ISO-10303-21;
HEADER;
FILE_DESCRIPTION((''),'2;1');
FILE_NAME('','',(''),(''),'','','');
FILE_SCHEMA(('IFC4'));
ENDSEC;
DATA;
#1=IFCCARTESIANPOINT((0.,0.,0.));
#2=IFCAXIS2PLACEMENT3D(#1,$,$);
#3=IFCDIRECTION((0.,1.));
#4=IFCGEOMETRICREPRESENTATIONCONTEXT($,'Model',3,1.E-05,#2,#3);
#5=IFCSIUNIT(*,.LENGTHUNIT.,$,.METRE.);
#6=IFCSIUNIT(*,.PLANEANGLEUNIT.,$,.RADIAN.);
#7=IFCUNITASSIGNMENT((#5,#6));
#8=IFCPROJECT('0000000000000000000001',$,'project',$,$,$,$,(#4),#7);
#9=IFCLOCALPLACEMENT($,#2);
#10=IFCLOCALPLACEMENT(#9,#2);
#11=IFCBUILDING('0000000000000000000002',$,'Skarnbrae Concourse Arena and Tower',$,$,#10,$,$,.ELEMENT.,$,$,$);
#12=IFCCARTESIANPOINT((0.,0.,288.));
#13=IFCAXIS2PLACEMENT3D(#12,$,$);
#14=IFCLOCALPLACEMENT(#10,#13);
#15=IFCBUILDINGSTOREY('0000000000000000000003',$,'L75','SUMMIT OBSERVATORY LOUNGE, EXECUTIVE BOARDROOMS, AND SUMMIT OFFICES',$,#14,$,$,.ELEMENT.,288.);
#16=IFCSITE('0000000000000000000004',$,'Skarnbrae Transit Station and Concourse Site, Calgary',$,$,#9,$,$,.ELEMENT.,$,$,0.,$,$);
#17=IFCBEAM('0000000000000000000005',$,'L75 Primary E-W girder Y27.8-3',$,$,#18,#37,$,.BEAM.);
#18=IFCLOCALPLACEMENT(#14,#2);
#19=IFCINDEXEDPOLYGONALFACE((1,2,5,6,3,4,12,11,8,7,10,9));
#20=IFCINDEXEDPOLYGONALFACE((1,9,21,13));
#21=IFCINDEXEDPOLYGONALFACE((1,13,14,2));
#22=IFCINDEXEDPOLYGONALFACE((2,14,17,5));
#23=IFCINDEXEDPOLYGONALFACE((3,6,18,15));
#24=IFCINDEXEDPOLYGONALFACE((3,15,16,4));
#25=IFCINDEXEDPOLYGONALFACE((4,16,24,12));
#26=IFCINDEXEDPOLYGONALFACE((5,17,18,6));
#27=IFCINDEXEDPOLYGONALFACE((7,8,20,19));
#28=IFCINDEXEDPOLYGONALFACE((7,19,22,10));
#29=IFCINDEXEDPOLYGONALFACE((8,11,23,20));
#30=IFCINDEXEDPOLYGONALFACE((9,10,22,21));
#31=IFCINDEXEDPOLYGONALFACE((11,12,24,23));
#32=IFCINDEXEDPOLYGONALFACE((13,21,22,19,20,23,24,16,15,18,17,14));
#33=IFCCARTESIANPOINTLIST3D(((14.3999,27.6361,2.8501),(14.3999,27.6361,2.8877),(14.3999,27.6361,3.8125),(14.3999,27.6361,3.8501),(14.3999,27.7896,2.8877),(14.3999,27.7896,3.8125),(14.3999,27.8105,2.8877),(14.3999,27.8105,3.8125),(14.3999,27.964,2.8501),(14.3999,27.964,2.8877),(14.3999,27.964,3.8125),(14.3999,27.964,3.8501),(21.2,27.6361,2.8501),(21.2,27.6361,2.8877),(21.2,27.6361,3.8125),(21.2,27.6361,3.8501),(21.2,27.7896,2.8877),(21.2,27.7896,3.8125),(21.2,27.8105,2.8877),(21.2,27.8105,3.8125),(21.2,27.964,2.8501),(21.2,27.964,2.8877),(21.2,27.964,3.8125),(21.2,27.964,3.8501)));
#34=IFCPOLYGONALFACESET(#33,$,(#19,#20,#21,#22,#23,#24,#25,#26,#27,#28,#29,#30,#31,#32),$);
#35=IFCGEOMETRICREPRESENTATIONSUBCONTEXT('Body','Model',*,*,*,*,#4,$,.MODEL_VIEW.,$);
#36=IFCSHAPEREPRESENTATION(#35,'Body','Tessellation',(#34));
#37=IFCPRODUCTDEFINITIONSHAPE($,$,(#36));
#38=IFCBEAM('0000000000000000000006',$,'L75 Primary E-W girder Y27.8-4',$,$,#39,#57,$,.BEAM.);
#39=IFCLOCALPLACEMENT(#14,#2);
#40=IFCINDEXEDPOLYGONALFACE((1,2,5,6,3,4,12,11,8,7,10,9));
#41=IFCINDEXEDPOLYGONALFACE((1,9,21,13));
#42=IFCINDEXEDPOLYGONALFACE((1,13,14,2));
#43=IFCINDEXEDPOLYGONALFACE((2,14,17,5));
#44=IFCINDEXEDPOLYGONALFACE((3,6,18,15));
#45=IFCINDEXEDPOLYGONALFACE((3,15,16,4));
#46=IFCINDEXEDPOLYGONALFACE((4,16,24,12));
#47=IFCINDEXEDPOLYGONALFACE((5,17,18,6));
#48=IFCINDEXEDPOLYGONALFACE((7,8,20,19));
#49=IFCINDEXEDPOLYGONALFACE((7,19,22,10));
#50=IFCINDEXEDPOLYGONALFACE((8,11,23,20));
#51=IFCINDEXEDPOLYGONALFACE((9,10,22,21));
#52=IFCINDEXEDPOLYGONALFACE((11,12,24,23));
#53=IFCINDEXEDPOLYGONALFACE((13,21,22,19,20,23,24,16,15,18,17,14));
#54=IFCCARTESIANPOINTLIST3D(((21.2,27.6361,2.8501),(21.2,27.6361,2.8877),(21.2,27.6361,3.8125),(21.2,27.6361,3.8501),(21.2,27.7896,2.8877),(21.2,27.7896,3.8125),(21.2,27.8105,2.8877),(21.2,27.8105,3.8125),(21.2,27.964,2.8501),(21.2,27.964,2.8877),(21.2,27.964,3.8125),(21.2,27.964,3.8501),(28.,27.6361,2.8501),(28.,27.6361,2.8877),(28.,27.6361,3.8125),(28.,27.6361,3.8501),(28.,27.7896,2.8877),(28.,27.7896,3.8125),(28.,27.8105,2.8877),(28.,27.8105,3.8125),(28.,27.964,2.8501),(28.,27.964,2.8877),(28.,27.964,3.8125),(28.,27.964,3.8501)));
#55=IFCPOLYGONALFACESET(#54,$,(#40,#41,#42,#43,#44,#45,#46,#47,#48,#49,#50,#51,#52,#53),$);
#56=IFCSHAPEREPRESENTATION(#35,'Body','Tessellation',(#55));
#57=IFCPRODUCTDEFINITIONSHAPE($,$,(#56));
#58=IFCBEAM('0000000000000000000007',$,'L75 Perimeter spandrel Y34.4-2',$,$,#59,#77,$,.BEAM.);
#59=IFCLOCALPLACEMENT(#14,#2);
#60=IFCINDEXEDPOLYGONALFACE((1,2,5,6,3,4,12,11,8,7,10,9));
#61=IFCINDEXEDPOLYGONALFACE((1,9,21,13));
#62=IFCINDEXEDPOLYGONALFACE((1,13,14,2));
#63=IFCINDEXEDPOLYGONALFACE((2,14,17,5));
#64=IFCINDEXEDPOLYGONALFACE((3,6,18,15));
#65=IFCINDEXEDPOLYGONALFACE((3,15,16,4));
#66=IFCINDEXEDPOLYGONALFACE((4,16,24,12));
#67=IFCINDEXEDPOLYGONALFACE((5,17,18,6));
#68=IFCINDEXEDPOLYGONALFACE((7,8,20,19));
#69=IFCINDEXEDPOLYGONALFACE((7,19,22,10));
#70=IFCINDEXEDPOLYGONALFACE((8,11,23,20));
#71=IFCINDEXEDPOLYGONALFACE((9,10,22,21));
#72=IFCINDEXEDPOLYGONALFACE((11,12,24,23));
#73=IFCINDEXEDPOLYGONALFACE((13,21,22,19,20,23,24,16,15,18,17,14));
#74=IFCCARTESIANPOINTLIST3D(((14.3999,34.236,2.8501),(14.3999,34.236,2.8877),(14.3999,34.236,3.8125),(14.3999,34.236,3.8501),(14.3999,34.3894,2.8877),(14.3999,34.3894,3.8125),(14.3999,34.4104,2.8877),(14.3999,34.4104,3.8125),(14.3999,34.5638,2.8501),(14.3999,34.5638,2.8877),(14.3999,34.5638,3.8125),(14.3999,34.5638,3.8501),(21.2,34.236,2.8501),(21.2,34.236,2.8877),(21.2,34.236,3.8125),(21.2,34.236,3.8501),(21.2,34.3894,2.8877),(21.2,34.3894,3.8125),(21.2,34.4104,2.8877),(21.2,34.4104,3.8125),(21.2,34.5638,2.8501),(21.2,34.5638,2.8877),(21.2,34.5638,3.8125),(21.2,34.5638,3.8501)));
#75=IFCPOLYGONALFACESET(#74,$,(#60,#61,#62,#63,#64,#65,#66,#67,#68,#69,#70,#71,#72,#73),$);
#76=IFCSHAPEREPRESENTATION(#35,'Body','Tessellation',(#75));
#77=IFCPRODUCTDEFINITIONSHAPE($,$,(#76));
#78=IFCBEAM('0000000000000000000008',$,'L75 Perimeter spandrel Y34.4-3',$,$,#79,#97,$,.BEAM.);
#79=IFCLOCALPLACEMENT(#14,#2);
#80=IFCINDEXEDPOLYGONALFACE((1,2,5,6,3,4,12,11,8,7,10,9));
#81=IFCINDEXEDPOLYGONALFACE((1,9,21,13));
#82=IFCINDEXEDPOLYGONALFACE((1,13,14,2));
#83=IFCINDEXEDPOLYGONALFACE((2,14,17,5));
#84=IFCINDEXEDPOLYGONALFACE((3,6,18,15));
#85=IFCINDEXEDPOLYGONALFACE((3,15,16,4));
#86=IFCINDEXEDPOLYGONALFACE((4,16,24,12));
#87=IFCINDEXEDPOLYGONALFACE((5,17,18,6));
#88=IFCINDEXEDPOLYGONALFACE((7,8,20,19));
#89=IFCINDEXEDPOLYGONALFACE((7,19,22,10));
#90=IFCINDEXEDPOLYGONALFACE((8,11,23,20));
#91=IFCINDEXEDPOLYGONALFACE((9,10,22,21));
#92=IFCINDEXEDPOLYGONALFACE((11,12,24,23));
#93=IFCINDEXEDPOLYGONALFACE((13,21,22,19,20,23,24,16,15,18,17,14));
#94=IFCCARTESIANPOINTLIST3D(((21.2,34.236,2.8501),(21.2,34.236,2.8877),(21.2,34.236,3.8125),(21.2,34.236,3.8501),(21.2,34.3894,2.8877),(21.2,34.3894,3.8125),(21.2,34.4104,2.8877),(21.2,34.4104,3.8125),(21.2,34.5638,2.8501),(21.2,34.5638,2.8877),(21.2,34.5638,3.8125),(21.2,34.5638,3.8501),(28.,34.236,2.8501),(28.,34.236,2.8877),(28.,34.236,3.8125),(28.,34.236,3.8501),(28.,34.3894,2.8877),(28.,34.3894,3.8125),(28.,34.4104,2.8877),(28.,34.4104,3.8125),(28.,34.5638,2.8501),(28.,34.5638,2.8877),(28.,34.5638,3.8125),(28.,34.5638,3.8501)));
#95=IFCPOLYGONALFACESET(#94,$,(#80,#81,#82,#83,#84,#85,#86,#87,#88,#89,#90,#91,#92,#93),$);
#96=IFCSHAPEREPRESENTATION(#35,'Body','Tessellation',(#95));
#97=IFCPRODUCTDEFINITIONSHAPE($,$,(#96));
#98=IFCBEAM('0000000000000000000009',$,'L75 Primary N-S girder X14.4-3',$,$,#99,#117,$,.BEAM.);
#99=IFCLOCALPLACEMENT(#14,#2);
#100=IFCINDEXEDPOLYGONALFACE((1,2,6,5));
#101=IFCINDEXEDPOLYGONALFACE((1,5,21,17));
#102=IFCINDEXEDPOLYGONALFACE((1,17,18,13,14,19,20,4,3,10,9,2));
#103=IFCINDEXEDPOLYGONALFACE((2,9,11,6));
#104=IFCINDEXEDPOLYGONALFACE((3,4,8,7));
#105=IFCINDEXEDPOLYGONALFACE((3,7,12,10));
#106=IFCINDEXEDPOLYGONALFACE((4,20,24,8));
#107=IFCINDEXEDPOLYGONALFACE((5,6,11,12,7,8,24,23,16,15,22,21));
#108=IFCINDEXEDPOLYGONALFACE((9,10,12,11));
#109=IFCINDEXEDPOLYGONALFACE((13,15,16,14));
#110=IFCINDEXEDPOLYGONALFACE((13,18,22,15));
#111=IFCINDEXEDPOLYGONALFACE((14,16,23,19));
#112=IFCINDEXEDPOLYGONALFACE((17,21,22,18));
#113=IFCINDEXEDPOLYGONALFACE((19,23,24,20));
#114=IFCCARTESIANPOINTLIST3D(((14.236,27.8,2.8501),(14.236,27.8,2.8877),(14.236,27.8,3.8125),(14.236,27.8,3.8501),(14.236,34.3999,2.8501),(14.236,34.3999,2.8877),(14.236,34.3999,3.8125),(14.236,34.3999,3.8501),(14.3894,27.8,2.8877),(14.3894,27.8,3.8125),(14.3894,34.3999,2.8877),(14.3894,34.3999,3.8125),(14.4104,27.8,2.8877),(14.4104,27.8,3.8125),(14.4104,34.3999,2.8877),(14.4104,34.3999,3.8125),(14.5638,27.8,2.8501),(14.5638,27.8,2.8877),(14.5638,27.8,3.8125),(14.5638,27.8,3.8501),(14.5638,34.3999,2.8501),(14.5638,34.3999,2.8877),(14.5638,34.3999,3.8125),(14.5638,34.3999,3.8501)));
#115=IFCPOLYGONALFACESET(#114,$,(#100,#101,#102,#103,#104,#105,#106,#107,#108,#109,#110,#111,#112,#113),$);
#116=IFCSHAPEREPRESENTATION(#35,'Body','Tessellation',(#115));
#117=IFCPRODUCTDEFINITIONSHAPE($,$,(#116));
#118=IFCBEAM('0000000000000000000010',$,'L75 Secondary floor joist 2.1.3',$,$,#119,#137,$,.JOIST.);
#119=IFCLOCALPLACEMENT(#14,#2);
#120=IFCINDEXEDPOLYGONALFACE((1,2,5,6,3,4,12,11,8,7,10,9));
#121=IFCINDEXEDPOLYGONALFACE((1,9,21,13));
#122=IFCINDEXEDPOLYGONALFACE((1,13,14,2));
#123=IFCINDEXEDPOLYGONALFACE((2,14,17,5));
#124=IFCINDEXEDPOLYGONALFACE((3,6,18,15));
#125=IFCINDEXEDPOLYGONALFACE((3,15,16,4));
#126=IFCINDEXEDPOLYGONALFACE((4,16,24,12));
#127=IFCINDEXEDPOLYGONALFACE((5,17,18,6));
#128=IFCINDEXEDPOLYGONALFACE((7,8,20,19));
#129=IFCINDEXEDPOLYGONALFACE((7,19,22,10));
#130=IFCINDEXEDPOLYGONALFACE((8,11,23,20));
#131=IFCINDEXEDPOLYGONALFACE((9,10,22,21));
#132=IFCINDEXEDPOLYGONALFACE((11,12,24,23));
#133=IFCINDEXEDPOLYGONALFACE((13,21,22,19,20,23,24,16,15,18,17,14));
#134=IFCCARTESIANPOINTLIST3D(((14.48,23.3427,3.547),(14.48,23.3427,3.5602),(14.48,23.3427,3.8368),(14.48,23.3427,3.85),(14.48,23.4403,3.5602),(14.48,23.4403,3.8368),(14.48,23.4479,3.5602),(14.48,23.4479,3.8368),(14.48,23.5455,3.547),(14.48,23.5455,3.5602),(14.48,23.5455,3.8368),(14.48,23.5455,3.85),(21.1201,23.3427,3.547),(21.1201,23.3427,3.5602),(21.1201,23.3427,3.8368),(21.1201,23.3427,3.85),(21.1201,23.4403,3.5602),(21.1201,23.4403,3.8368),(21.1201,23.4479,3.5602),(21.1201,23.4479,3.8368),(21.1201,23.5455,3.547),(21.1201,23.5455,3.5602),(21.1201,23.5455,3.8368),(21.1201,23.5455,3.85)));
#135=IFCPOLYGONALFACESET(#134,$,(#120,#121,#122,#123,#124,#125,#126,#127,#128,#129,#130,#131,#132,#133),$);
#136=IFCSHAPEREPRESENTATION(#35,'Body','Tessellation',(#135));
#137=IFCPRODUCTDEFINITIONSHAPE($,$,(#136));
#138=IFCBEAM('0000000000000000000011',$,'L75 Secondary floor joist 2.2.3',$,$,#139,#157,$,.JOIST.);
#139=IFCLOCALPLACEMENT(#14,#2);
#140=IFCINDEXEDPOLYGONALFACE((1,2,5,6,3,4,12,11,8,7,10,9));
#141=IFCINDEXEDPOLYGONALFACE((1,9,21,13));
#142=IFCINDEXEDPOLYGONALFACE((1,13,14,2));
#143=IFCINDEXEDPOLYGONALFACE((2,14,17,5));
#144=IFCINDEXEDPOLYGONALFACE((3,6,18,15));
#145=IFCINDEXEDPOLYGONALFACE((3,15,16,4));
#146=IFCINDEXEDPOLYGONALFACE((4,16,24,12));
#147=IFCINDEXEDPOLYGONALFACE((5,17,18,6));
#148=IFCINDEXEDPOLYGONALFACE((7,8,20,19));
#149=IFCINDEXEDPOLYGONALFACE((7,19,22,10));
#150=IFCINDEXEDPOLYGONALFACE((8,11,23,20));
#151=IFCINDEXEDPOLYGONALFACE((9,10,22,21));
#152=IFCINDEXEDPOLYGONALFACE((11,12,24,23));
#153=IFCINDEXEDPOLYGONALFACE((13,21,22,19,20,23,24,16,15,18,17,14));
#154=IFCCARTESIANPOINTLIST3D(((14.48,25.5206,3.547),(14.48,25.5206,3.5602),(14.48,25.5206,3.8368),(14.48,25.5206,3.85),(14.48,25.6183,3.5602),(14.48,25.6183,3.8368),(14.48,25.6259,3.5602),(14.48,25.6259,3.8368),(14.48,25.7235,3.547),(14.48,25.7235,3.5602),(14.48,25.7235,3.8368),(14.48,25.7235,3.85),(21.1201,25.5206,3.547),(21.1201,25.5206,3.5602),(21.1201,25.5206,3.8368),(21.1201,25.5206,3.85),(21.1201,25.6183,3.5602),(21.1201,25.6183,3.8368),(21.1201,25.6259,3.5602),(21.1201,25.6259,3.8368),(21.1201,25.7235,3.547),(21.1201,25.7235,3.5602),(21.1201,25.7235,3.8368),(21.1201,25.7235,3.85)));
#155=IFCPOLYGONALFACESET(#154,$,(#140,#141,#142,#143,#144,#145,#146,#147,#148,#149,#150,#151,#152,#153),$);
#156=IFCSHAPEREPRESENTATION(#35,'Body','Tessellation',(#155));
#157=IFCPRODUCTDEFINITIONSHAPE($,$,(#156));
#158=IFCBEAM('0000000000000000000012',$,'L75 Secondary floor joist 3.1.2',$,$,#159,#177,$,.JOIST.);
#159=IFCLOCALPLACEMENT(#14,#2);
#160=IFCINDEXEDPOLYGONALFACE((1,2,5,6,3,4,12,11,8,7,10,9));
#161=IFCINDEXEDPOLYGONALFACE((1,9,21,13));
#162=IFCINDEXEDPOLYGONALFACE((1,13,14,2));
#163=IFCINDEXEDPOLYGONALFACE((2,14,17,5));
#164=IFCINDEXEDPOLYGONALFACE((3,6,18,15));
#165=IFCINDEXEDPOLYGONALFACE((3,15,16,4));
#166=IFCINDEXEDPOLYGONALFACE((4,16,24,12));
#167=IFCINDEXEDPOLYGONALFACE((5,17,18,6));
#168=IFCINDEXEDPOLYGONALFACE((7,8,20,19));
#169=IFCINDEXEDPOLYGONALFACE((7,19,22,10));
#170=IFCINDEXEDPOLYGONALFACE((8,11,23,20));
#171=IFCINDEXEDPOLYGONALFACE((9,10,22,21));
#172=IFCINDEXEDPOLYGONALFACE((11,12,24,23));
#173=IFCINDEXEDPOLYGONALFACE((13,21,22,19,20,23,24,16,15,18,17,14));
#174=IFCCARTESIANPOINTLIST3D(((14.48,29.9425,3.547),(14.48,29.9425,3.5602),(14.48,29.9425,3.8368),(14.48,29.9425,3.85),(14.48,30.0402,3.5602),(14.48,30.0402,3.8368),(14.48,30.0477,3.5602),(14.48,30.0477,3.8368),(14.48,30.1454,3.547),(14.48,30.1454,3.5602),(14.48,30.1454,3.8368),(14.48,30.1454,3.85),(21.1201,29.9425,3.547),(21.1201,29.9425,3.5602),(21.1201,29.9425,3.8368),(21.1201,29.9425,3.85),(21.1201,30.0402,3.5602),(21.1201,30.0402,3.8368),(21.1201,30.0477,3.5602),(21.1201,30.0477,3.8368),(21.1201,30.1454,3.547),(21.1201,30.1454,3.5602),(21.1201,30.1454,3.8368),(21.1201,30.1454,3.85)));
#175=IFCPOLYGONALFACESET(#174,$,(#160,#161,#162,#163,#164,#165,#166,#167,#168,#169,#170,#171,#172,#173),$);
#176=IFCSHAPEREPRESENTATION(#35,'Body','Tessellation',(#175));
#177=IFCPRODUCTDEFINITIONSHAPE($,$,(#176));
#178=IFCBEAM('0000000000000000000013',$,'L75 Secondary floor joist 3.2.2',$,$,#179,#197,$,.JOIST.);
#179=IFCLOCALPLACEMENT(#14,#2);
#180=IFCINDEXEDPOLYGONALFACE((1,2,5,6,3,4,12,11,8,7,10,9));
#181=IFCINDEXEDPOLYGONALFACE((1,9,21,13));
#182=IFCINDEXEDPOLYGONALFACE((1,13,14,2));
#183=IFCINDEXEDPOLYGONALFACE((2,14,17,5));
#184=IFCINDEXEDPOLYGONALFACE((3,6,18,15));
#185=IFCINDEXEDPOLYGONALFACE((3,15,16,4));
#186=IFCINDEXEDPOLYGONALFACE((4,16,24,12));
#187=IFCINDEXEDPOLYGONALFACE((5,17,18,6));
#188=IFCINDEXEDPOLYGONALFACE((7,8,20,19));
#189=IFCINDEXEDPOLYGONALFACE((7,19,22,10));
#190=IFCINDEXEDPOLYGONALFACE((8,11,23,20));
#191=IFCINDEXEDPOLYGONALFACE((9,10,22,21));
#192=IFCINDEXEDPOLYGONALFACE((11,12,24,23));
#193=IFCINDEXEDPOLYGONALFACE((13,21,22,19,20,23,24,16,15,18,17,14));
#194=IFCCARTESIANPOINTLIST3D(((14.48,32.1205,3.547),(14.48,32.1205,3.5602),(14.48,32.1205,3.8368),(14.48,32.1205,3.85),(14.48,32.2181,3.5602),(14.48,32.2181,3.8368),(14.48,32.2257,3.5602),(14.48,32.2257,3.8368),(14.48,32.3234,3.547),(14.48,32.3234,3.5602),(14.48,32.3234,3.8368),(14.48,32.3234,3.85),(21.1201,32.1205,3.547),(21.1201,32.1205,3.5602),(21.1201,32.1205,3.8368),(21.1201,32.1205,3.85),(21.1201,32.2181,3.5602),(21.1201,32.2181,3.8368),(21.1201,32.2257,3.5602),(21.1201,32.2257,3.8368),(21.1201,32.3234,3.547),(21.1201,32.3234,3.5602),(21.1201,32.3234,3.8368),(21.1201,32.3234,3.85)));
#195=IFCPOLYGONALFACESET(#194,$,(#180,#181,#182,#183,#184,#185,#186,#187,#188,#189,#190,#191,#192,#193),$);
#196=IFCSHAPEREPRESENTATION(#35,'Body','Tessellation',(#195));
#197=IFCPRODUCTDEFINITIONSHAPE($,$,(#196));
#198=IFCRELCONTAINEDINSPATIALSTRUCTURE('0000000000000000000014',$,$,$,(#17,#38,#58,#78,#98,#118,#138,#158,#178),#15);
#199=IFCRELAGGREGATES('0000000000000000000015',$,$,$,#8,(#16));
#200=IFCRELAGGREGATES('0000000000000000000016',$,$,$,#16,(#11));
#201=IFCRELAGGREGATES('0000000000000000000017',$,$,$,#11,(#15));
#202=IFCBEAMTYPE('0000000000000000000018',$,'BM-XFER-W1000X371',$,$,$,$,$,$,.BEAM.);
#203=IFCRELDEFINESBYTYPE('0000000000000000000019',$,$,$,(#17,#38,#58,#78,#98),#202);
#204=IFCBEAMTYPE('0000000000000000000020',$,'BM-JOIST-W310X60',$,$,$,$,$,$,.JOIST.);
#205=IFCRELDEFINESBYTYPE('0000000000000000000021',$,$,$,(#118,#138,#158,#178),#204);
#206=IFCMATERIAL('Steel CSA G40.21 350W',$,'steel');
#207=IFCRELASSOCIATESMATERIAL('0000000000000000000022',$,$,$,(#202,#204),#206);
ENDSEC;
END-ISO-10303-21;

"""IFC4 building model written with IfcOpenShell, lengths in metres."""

from ifc_helpers import new_model, si_unit, direction, frame, origin, origin_2d, place, context, subcontext, project, spatial, i_section, extrude, source, transform, mapped, material, material_profile, profile_set, type_object, element, save


model = new_model("IFC4")

# Units and contexts
model_context = context("Model", 3, precision=1e-05, world=origin(), true_north=direction((0.0, 1.0)))
body_context = subcontext(model_context, "Body", "Model", "MODEL_VIEW")
ifc_project = project(units=[si_unit("LENGTHUNIT", "METRE"), si_unit("PLANEANGLEUNIT", "RADIAN")], contexts=[model_context])

# Site, building, storey
site_placement = place(None, origin())
site = spatial("IfcSite", under=ifc_project, at=site_placement, Name="Skarnbrae Transit Station and Concourse Site, Calgary", CompositionType="ELEMENT", RefElevation=0.0)
building_placement = place(site_placement, origin())
building = spatial("IfcBuilding", under=site, at=building_placement, Name="Skarnbrae Concourse Arena and Tower", CompositionType="ELEMENT")
storey_placement = place(building_placement, frame((0.0, 0.0, 288.0)))
storey = spatial("IfcBuildingStorey", under=building, at=storey_placement, Name="L75", Description="SUMMIT OBSERVATORY LOUNGE, EXECUTIVE BOARDROOMS, AND SUMMIT OFFICES", CompositionType="ELEMENT", Elevation=288.0)

# Shared definitions
ifc_material_1 = material(Name="Steel CSA G40.21 350W", Category="steel")

# Beams
ifc_material_profile_1 = material_profile(ifc_material_1, i_section(OverallWidth=0.3279, OverallDepth=1.0, WebThickness=0.021, FlangeThickness=0.0376, at=origin_2d()), Name="W1000X371")
ifc_profile_set_1 = profile_set([ifc_material_profile_1], Name="Steel CSA G40.21 350W")
beam_type_1 = type_object("IfcBeamType", Name="BM-XFER-W1000X371", PredefinedType="BEAM", material=ifc_profile_set_1)
shared_shape_1 = source(origin(), body_context, "Body", "SweptSolid", [
    extrude(i_section(OverallWidth=0.3279, OverallDepth=1.0, WebThickness=0.021, FlangeThickness=0.0376, at=origin_2d()), origin(), (0.0, 0.0, 1.0), 6.8),
])
for number, where, z_axis, x_axis, name in (
    (1, (14.3999, 27.8, 3.3501), (1.0, 0.0, 0.0), (0.0, 1.0, 0.0), "L75 Primary E-W girder Y27.8-3"),
    (2, (21.2, 27.8, 3.3501), (1.0, 0.0, 0.0), (0.0, 1.0, 0.0), "L75 Primary E-W girder Y27.8-4"),
    (3, (14.3999, 34.3999, 3.3501), (1.0, 0.0, 0.0), (0.0, 1.0, 0.0), "L75 Perimeter spandrel Y34.4-2"),
    (4, (21.2, 34.3999, 3.3501), (1.0, 0.0, 0.0), (0.0, 1.0, 0.0), "L75 Perimeter spandrel Y34.4-3"),
):
    element("IfcBeam", number, at=place(storey_placement, frame(where, z_axis=z_axis, x_axis=x_axis)), inside=storey, type_object=beam_type_1, Name=name, PredefinedType="BEAM", context=body_context, shape_type="MappedRepresentation", body=[
        mapped(shared_shape_1, transform((0.0, 0.0, 0.0))),
    ])
shared_shape_2 = source(origin(), body_context, "Body", "SweptSolid", [
    extrude(i_section(OverallWidth=0.3279, OverallDepth=1.0, WebThickness=0.021, FlangeThickness=0.0376, at=origin_2d()), origin(), (0.0, 0.0, 1.0), 6.5999),
])
beam_1_placement = place(storey_placement, frame((14.3999, 27.8, 3.3501), z_axis=(0.0, 1.0, 0.0), x_axis=(-1.0, 0.0, 0.0)))
element("IfcBeam", 5, at=beam_1_placement, inside=storey, type_object=beam_type_1, Name="L75 Primary N-S girder X14.4-3", PredefinedType="BEAM", context=body_context, shape_type="MappedRepresentation", body=[
    mapped(shared_shape_2, transform((0.0, 0.0, 0.0))),
])
ifc_material_profile_2 = material_profile(ifc_material_1, i_section(OverallWidth=0.2029, OverallDepth=0.303, WebThickness=0.0076, FlangeThickness=0.0132, at=origin_2d()), Name="W310X60")
ifc_profile_set_2 = profile_set([ifc_material_profile_2], Name="Steel CSA G40.21 350W")
beam_type_2 = type_object("IfcBeamType", Name="BM-JOIST-W310X60", PredefinedType="JOIST", material=ifc_profile_set_2)
shared_shape_3 = source(origin(), body_context, "Body", "SweptSolid", [
    extrude(i_section(OverallWidth=0.2029, OverallDepth=0.303, WebThickness=0.0076, FlangeThickness=0.0132, at=origin_2d()), origin(), (0.0, 0.0, 1.0), 6.6401),
])
for number, where, z_axis, x_axis, name in (
    (6, (14.48, 23.4441, 3.6985), (1.0, 0.0, 0.0), (0.0, 1.0, 0.0), "L75 Secondary floor joist 2.1.3"),
    (7, (14.48, 25.6221, 3.6985), (1.0, 0.0, 0.0), (0.0, 1.0, 0.0), "L75 Secondary floor joist 2.2.3"),
    (8, (14.48, 30.0439, 3.6985), (1.0, 0.0, 0.0), (0.0, 1.0, 0.0), "L75 Secondary floor joist 3.1.2"),
    (9, (14.48, 32.2219, 3.6985), (1.0, 0.0, 0.0), (0.0, 1.0, 0.0), "L75 Secondary floor joist 3.2.2"),
):
    element("IfcBeam", number, at=place(storey_placement, frame(where, z_axis=z_axis, x_axis=x_axis)), inside=storey, type_object=beam_type_2, Name=name, PredefinedType="JOIST", context=body_context, shape_type="MappedRepresentation", body=[
        mapped(shared_shape_3, transform((0.0, 0.0, 0.0))),
    ])

save(model, "model.ifc")
